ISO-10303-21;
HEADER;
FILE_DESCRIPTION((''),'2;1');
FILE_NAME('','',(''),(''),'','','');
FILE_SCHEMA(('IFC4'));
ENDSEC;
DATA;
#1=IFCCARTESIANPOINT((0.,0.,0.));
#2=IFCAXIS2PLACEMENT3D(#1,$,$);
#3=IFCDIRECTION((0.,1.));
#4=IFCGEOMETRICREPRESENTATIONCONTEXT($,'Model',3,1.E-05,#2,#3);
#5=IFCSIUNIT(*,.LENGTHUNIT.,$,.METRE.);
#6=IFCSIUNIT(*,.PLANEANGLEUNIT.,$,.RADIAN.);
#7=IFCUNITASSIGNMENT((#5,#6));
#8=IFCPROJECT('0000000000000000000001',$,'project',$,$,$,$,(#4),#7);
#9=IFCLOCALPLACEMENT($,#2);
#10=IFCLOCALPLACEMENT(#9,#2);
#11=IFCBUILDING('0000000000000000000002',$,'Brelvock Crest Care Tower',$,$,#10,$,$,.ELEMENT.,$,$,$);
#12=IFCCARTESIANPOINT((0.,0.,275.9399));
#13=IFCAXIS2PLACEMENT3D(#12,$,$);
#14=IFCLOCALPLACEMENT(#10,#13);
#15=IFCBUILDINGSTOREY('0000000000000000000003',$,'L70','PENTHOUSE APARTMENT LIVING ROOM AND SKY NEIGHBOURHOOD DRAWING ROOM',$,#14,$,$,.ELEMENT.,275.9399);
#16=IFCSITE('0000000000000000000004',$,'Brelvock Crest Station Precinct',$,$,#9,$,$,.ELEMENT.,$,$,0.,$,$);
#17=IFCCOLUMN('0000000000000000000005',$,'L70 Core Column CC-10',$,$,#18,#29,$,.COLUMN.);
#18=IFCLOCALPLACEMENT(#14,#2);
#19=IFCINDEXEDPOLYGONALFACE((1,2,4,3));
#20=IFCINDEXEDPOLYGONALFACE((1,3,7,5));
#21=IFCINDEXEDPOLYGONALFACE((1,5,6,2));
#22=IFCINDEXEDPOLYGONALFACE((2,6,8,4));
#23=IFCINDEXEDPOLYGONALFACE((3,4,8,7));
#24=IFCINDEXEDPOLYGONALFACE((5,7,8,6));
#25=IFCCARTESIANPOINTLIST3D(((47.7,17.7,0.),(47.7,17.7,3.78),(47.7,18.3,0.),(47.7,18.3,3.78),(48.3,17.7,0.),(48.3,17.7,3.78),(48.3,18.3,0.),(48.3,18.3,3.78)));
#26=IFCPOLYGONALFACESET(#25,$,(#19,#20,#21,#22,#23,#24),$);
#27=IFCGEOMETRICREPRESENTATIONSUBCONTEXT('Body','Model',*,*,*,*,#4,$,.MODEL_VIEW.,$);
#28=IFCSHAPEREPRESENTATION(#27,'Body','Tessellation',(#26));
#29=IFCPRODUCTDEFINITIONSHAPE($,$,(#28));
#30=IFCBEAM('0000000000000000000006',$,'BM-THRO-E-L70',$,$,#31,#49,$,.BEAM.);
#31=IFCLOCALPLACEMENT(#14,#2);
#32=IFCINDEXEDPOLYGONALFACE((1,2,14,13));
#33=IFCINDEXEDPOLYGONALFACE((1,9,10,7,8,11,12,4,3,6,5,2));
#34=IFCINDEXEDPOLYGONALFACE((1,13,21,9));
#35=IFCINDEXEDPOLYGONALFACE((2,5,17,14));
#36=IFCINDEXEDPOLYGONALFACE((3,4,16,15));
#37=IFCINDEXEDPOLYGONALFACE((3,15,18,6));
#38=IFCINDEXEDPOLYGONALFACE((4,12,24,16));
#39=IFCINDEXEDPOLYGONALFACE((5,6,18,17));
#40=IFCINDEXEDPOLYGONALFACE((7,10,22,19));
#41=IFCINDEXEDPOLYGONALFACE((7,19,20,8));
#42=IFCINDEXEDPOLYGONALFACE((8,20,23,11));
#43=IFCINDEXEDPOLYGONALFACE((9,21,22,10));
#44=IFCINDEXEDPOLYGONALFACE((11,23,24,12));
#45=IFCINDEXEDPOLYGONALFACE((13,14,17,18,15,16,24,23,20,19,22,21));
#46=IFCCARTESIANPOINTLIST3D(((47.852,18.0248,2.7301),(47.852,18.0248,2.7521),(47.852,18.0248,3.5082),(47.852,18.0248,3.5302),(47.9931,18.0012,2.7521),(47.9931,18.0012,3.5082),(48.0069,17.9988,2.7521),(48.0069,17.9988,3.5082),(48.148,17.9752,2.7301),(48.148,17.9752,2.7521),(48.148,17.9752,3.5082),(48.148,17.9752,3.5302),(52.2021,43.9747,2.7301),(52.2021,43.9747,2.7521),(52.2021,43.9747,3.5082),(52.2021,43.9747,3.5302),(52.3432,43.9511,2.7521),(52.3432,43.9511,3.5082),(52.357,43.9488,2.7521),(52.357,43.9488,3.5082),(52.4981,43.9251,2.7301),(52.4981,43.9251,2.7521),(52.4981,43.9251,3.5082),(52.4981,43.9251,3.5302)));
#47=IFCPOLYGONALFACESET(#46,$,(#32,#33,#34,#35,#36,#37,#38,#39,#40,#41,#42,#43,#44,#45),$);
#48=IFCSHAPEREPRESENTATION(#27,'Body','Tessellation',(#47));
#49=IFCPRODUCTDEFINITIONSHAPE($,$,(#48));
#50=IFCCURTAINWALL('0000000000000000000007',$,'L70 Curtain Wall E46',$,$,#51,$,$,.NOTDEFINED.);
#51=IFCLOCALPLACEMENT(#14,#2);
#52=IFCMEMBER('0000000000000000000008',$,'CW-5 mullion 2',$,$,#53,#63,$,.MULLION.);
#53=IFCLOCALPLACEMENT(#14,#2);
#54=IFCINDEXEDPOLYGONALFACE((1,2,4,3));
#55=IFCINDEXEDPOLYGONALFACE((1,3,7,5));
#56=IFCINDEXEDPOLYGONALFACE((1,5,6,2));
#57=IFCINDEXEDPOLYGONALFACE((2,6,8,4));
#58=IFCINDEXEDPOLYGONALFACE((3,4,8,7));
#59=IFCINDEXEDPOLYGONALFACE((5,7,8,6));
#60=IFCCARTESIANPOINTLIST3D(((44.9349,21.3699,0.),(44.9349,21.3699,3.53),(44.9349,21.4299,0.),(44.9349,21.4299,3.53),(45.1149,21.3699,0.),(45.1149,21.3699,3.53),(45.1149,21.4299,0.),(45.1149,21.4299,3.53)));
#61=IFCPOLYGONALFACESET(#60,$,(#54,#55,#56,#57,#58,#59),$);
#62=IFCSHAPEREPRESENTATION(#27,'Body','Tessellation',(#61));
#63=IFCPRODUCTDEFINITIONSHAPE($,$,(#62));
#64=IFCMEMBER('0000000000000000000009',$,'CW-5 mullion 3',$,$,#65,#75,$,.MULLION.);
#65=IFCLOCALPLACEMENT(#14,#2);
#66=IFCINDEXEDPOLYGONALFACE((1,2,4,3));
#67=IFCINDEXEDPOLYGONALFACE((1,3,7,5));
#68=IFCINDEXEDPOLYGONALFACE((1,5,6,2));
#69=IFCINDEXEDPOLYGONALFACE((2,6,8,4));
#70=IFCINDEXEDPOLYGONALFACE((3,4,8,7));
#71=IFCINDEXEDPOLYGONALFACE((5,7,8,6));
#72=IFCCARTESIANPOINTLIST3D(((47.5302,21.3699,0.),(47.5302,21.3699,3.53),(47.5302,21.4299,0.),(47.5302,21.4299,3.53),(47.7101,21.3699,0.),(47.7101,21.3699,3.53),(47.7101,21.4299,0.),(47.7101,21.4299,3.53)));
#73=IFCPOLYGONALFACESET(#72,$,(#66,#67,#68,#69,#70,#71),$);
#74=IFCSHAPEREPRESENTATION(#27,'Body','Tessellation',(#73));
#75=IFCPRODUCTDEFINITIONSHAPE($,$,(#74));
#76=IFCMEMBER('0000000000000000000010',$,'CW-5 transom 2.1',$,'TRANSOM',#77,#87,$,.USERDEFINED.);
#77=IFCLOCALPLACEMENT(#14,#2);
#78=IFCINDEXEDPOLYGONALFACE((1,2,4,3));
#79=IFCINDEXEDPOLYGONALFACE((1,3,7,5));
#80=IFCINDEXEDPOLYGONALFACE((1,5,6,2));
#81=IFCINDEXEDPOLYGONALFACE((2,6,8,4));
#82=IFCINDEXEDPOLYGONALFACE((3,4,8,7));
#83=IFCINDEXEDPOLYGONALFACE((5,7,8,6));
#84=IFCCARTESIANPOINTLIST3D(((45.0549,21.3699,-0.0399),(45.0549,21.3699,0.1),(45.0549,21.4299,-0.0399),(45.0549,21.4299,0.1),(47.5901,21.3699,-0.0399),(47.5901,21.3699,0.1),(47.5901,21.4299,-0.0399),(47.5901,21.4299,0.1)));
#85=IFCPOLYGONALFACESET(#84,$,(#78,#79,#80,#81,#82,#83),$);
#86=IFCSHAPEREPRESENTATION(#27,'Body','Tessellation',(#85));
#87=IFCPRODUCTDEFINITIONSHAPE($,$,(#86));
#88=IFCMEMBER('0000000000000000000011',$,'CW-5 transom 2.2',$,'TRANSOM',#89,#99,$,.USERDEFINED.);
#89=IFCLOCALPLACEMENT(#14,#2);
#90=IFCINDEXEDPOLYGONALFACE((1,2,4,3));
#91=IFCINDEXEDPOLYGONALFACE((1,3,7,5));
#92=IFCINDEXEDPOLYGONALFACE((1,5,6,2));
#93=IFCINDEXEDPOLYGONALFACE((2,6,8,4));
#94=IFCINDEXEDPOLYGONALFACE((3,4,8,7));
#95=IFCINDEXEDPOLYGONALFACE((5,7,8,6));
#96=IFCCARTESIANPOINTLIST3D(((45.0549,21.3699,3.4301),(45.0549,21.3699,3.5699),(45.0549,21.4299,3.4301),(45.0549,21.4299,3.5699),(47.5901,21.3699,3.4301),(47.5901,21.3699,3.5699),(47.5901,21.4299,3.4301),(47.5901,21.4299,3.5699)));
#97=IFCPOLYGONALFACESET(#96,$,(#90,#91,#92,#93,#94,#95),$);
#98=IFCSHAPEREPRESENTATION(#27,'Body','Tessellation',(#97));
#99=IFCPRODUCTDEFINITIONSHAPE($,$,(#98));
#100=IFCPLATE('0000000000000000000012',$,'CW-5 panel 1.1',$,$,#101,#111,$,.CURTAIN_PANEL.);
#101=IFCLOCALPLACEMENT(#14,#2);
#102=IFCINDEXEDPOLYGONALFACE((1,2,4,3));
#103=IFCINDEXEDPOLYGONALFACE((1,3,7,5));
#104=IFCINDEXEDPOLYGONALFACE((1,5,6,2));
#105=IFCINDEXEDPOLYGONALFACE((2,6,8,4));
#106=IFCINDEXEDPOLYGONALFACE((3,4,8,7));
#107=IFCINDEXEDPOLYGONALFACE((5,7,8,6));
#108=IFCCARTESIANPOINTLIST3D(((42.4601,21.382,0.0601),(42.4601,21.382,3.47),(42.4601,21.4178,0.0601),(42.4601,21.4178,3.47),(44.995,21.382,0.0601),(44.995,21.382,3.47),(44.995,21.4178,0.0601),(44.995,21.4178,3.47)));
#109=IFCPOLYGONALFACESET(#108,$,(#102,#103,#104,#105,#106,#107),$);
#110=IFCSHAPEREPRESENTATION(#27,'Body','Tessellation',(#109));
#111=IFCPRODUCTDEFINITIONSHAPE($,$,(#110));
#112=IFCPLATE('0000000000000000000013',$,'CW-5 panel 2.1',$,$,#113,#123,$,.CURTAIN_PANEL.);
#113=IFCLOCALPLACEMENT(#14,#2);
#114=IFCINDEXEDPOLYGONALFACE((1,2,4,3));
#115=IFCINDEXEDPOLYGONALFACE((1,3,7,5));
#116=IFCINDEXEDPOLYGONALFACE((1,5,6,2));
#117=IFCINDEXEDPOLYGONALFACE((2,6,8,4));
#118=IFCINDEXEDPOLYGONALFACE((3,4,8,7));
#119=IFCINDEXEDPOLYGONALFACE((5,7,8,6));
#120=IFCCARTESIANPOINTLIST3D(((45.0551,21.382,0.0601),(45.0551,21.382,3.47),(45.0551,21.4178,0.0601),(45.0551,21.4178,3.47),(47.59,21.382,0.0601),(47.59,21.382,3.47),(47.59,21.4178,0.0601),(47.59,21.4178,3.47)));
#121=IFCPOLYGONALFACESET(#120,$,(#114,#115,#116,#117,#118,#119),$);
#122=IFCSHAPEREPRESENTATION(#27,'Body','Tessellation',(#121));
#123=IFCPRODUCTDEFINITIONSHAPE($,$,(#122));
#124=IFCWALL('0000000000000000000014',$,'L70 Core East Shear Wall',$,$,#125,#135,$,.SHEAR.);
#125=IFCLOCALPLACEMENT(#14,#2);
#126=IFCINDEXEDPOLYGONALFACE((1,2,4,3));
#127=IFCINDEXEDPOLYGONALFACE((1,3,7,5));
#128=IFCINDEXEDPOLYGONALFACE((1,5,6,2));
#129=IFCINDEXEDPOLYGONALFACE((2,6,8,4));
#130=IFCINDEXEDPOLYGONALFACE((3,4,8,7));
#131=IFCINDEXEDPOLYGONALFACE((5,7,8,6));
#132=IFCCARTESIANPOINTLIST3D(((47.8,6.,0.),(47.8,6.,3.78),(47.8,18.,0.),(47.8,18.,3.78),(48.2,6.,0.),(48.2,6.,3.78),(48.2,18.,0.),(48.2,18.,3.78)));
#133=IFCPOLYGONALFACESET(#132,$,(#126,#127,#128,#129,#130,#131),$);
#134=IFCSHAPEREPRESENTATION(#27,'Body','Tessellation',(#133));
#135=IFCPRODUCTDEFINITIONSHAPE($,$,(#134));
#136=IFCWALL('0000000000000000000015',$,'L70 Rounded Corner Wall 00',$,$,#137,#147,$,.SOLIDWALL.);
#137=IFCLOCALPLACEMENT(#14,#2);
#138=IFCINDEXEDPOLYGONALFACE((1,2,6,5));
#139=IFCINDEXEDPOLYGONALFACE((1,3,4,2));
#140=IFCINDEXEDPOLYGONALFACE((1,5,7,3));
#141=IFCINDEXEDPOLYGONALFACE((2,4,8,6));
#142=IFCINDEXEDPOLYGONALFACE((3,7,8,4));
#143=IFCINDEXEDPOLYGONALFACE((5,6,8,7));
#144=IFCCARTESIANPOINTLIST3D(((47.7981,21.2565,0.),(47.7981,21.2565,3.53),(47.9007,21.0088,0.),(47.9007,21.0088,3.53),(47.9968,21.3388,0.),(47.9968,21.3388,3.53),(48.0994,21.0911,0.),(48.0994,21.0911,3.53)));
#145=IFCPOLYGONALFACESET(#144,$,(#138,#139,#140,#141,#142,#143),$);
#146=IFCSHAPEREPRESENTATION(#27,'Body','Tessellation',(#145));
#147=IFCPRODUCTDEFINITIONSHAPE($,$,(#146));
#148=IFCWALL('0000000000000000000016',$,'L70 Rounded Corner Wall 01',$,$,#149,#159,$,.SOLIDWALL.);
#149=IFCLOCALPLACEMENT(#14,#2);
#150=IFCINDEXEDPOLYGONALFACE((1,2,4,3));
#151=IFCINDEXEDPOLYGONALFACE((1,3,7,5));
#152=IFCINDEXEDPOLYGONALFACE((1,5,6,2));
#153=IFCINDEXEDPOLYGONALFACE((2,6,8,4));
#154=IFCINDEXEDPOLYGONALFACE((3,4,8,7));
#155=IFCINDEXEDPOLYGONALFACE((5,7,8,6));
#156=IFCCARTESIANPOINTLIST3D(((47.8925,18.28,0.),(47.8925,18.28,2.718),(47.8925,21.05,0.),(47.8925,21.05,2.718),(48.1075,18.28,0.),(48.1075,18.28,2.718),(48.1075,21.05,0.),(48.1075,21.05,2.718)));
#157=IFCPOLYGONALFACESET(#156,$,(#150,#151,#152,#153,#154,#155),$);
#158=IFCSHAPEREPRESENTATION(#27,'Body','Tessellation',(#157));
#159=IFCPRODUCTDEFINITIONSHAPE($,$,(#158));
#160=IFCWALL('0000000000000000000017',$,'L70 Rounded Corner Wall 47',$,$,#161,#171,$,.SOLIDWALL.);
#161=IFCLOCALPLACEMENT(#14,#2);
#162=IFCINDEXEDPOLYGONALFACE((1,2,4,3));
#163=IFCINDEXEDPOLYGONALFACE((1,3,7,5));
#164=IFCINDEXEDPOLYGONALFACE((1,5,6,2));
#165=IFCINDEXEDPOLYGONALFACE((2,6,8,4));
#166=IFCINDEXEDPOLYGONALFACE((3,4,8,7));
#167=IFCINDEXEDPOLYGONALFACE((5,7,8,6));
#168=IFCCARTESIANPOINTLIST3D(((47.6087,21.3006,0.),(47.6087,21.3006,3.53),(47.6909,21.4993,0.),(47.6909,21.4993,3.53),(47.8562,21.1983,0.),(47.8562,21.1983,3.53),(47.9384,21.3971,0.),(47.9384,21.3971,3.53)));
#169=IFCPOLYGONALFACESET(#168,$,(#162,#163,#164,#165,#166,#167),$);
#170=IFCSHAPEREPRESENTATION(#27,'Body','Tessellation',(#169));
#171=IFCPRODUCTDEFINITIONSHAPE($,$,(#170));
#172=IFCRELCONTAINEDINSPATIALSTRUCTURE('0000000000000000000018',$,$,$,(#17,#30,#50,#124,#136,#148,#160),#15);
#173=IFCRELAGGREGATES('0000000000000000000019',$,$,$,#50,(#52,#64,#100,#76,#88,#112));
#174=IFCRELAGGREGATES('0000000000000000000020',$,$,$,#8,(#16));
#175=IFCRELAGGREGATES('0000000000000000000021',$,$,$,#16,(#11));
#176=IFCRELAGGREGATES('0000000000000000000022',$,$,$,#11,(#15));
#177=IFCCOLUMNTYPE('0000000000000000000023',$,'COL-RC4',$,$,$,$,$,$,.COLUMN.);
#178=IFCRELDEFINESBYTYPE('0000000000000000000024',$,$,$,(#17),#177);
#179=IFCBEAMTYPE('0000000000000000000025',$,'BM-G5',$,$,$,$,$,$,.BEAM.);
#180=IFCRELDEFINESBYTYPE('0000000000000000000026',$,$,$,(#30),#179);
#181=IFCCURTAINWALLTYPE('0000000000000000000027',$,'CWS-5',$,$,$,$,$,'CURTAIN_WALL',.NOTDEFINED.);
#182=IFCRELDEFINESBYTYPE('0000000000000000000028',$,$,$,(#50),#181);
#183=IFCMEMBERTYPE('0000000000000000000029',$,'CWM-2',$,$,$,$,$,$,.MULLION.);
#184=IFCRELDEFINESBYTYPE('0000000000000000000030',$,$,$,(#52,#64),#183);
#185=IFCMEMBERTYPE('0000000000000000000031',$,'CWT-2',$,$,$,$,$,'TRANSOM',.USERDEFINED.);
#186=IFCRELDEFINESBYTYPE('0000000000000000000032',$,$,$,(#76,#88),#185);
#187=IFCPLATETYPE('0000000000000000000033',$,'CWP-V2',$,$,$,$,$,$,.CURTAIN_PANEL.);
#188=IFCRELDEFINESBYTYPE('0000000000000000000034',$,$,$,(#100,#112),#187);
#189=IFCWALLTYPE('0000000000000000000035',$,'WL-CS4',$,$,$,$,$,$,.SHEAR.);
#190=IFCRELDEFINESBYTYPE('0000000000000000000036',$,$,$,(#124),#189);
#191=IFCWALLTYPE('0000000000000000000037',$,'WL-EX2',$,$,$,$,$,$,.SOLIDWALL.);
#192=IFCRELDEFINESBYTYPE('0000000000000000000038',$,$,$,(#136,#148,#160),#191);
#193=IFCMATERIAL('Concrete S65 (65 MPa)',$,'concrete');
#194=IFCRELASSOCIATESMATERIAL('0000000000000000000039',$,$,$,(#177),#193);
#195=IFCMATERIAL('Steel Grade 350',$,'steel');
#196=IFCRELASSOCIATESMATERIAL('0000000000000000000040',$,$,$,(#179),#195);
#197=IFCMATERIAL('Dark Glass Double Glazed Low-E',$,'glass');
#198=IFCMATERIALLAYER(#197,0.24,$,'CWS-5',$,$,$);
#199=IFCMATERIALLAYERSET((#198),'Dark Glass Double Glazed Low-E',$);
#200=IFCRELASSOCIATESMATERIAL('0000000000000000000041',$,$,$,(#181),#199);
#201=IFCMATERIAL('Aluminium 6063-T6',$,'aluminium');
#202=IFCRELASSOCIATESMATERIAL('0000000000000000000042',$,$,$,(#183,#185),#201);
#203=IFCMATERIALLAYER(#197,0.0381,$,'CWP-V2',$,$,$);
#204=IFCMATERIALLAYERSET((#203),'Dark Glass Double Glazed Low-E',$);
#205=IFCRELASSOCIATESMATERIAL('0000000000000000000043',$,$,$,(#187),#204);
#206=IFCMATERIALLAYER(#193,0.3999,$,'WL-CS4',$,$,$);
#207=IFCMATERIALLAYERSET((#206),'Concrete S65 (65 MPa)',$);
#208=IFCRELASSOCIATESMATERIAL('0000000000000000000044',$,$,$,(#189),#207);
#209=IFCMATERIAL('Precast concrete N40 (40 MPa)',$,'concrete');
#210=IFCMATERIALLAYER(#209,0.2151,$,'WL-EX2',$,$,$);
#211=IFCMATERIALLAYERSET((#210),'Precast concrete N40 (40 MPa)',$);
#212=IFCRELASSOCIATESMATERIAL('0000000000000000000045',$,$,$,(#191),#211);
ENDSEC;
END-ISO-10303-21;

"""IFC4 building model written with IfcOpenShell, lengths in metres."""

from ifc_helpers import new_model, si_unit, direction, frame, frame_2d, origin, origin_2d, place, context, subcontext, project, spatial, rectangle, i_section, extrude, source, transform, mapped, material, layer, layer_set, material_profile, profile_set, type_object, element, aggregate, save


model = new_model("IFC4")

# Units and contexts
model_context = context("Model", 3, precision=1e-05, world=origin(), true_north=direction((0.0, 1.0)))
body_context = subcontext(model_context, "Body", "Model", "MODEL_VIEW")
ifc_project = project(units=[si_unit("LENGTHUNIT", "METRE"), si_unit("PLANEANGLEUNIT", "RADIAN")], contexts=[model_context])

# Site, building, storey
site_placement = place(None, origin())
site = spatial("IfcSite", under=ifc_project, at=site_placement, Name="Brelvock Crest Station Precinct", CompositionType="ELEMENT", RefElevation=0.0)
building_placement = place(site_placement, origin())
building = spatial("IfcBuilding", under=site, at=building_placement, Name="Brelvock Crest Care Tower", CompositionType="ELEMENT")
storey_placement = place(building_placement, frame((0.0, 0.0, 275.9399)))
storey = spatial("IfcBuildingStorey", under=building, at=storey_placement, Name="L70", Description="PENTHOUSE APARTMENT LIVING ROOM AND SKY NEIGHBOURHOOD DRAWING ROOM", CompositionType="ELEMENT", Elevation=275.9399)

# Column
ifc_material_1 = material(Name="Concrete S65 (65 MPa)", Category="concrete")
ifc_material_profile_1 = material_profile(ifc_material_1, rectangle(XDim=0.6001, YDim=0.6001, at=origin_2d()), Name="RC600x600")
ifc_profile_set_1 = profile_set([ifc_material_profile_1], Name="Concrete S65 (65 MPa)")
column_type = type_object("IfcColumnType", Name="COL-RC4", PredefinedType="COLUMN", material=ifc_profile_set_1)
shared_shape_1 = source(origin(), body_context, "Body", "SweptSolid", [
    extrude(rectangle(XDim=0.6001, YDim=0.6001, at=origin_2d()), origin(), (0.0, 0.0, 1.0), 3.78),
])
column_placement = place(storey_placement, frame((48.0, 18.0, 0.0), z_axis=(0.0, 0.0, 1.0), x_axis=(1.0, 0.0, 0.0)))
element("IfcColumn", 1, at=column_placement, inside=storey, type_object=column_type, Name="L70 Core Column CC-10", PredefinedType="COLUMN", context=body_context, shape_type="MappedRepresentation", body=[
    mapped(shared_shape_1, transform((0.0, 0.0, 0.0), x_axis=(1.0, 0.0, 0.0), y_axis=(0.0, 1.0, 0.0), z_axis=(0.0, 0.0, 1.0), scale=1.0)),
])

# Beam
ifc_material_2 = material(Name="Steel Grade 350", Category="steel")
ifc_material_profile_2 = material_profile(ifc_material_2, i_section(OverallWidth=0.3, OverallDepth=0.8, WebThickness=0.0139, FlangeThickness=0.022, at=origin_2d()), Name="800WB192")
ifc_profile_set_2 = profile_set([ifc_material_profile_2], Name="Steel Grade 350")
beam_type = type_object("IfcBeamType", Name="BM-G5", PredefinedType="BEAM", material=ifc_profile_set_2)
shared_shape_2 = source(origin(), body_context, "Body", "SweptSolid", [
    extrude(i_section(OverallWidth=0.3, OverallDepth=0.8, WebThickness=0.0139, FlangeThickness=0.022, at=origin_2d()), origin(), (0.0, 0.0, 1.0), 26.312),
])
beam_placement = place(storey_placement, frame((48.0, 18.0, 3.1301), z_axis=(0.165327, 0.986239, 0.0), x_axis=(-0.986239, 0.165327, 0.0)))
element("IfcBeam", 2, at=beam_placement, inside=storey, type_object=beam_type, Name="BM-THRO-E-L70", PredefinedType="BEAM", context=body_context, shape_type="MappedRepresentation", body=[
    mapped(shared_shape_2, transform((0.0, 0.0, 0.0), x_axis=(1.0, 0.0, 0.0), y_axis=(0.0, 1.0, 0.0), z_axis=(0.0, 0.0, 1.0), scale=1.0)),
])

# Curtain wall, members, plates
ifc_material_3 = material(Name="Dark Glass Double Glazed Low-E", Category="glass")
ifc_layer_1 = layer(ifc_material_3, 0.24, Name="CWS-5")
ifc_layer_set_1 = layer_set([ifc_layer_1], Name="Dark Glass Double Glazed Low-E")
curtain_wall_type = type_object("IfcCurtainWallType", Name="CWS-5", ElementType="CURTAIN_WALL", PredefinedType="NOTDEFINED", material=ifc_layer_set_1)
curtain_wall_placement = place(storey_placement, origin())
curtain_wall = element("IfcCurtainWall", 3, at=curtain_wall_placement, inside=storey, type_object=curtain_wall_type, Name="L70 Curtain Wall E46", PredefinedType="NOTDEFINED")
ifc_material_4 = material(Name="Aluminium 6063-T6", Category="aluminium")
ifc_material_profile_3 = material_profile(ifc_material_4, rectangle(XDim=0.0601, YDim=0.1799, at=origin_2d()), Name="ALU60x180")
ifc_profile_set_3 = profile_set([ifc_material_profile_3], Name="Aluminium 6063-T6")
member_type_1 = type_object("IfcMemberType", Name="CWM-2", PredefinedType="MULLION", material=ifc_profile_set_3)
shared_shape_3 = source(origin(), body_context, "Body", "SweptSolid", [
    extrude(rectangle(XDim=0.0601, YDim=0.1799, at=origin_2d()), origin(), (0.0, 0.0, 1.0), 3.53),
])
member_1_placement = place(storey_placement, frame((45.0249, 21.3999, 0.0), z_axis=(0.0, 0.0, 1.0), x_axis=(0.0, 1.0, 0.0)))
member_1 = element("IfcMember", 4, at=member_1_placement, type_object=member_type_1, Name="CW-5 mullion 2", PredefinedType="MULLION", context=body_context, shape_type="MappedRepresentation", body=[
    mapped(shared_shape_3, transform((0.0, 0.0, 0.0), x_axis=(1.0, 0.0, 0.0), y_axis=(0.0, 1.0, 0.0), z_axis=(0.0, 0.0, 1.0), scale=1.0)),
])
member_2_placement = place(storey_placement, frame((47.6201, 21.3999, 0.0), z_axis=(0.0, 0.0, 1.0), x_axis=(0.0, 1.0, 0.0)))
member_2 = element("IfcMember", 5, at=member_2_placement, type_object=member_type_1, Name="CW-5 mullion 3", PredefinedType="MULLION", context=body_context, shape_type="MappedRepresentation", body=[
    mapped(shared_shape_3, transform((0.0, 0.0, 0.0), x_axis=(1.0, 0.0, 0.0), y_axis=(0.0, 1.0, 0.0), z_axis=(0.0, 0.0, 1.0), scale=1.0)),
])
ifc_material_profile_4 = material_profile(ifc_material_4, rectangle(XDim=0.0601, YDim=0.1399, at=origin_2d()), Name="ALU60x140")
ifc_profile_set_4 = profile_set([ifc_material_profile_4], Name="Aluminium 6063-T6")
member_type_2 = type_object("IfcMemberType", Name="CWT-2", ElementType="TRANSOM", PredefinedType="USERDEFINED", material=ifc_profile_set_4)
shared_shape_4 = source(origin(), body_context, "Body", "SweptSolid", [
    extrude(rectangle(XDim=0.0601, YDim=0.1399, at=origin_2d()), origin(), (0.0, 0.0, 1.0), 2.5352),
])
member_3_placement = place(storey_placement, frame((45.0549, 21.3999, 0.03), z_axis=(1.0, 0.0, 0.0), x_axis=(0.0, 1.0, 0.0)))
member_3 = element("IfcMember", 6, at=member_3_placement, type_object=member_type_2, Name="CW-5 transom 2.1", ObjectType="TRANSOM", PredefinedType="USERDEFINED", context=body_context, shape_type="MappedRepresentation", body=[
    mapped(shared_shape_4, transform((0.0, 0.0, 0.0), x_axis=(1.0, 0.0, 0.0), y_axis=(0.0, 1.0, 0.0), z_axis=(0.0, 0.0, 1.0), scale=1.0)),
])
member_4_placement = place(storey_placement, frame((45.0549, 21.3999, 3.5), z_axis=(1.0, 0.0, 0.0), x_axis=(0.0, 1.0, 0.0)))
member_4 = element("IfcMember", 7, at=member_4_placement, type_object=member_type_2, Name="CW-5 transom 2.2", ObjectType="TRANSOM", PredefinedType="USERDEFINED", context=body_context, shape_type="MappedRepresentation", body=[
    mapped(shared_shape_4, transform((0.0, 0.0, 0.0), x_axis=(1.0, 0.0, 0.0), y_axis=(0.0, 1.0, 0.0), z_axis=(0.0, 0.0, 1.0), scale=1.0)),
])
ifc_layer_2 = layer(ifc_material_3, 0.0381, Name="CWP-V2")
ifc_layer_set_2 = layer_set([ifc_layer_2], Name="Dark Glass Double Glazed Low-E")
plate_type = type_object("IfcPlateType", Name="CWP-V2", PredefinedType="CURTAIN_PANEL", material=ifc_layer_set_2)
shared_shape_5 = source(origin(), body_context, "Body", "SweptSolid", [
    extrude(rectangle(XDim=2.5349, YDim=0.0359, at=origin_2d()), origin(), (0.0, 0.0, 1.0), 3.4099),
])
plate_1_placement = place(storey_placement, frame((43.7275, 21.3999, 0.0601), z_axis=(0.0, 0.0, 1.0), x_axis=(1.0, 0.0, 0.0)))
plate_1 = element("IfcPlate", 8, at=plate_1_placement, type_object=plate_type, Name="CW-5 panel 1.1", PredefinedType="CURTAIN_PANEL", context=body_context, shape_type="MappedRepresentation", body=[
    mapped(shared_shape_5, transform((0.0, 0.0, 0.0), x_axis=(1.0, 0.0, 0.0), y_axis=(0.0, 1.0, 0.0), z_axis=(0.0, 0.0, 1.0), scale=1.0)),
])
plate_2_placement = place(storey_placement, frame((46.3225, 21.3999, 0.0601), z_axis=(0.0, 0.0, 1.0), x_axis=(1.0, 0.0, 0.0)))
plate_2 = element("IfcPlate", 9, at=plate_2_placement, type_object=plate_type, Name="CW-5 panel 2.1", PredefinedType="CURTAIN_PANEL", context=body_context, shape_type="MappedRepresentation", body=[
    mapped(shared_shape_5, transform((0.0, 0.0, 0.0), x_axis=(1.0, 0.0, 0.0), y_axis=(0.0, 1.0, 0.0), z_axis=(0.0, 0.0, 1.0), scale=1.0)),
])
aggregate(curtain_wall, [member_1, member_2, plate_1, member_3, member_4, plate_2])

# Walls
ifc_layer_3 = layer(ifc_material_1, 0.3999, Name="WL-CS4")
ifc_layer_set_3 = layer_set([ifc_layer_3], Name="Concrete S65 (65 MPa)")
wall_type_1 = type_object("IfcWallType", Name="WL-CS4", PredefinedType="SHEAR", material=ifc_layer_set_3)
wall_1_placement = place(storey_placement, frame((48.0, 18.0, 0.0), z_axis=(0.0, 0.0, 1.0), x_axis=(0.0, -1.0, 0.0)))
element("IfcWall", 10, at=wall_1_placement, inside=storey, type_object=wall_type_1, Name="L70 Core East Shear Wall", PredefinedType="SHEAR", context=body_context, shape_type="SweptSolid", body=[
    extrude(rectangle(XDim=12.0, YDim=0.3999, at=frame_2d((6.0, 0.0))), origin(), (0.0, 0.0, 1.0), 3.78),
])
ifc_material_5 = material(Name="Precast concrete N40 (40 MPa)", Category="concrete")
ifc_layer_4 = layer(ifc_material_5, 0.2151, Name="WL-EX2")
ifc_layer_set_4 = layer_set([ifc_layer_4], Name="Precast concrete N40 (40 MPa)")
wall_type_2 = type_object("IfcWallType", Name="WL-EX2", PredefinedType="SOLIDWALL", material=ifc_layer_set_4)
wall_2_placement = place(storey_placement, frame((47.8975, 21.2976, 0.0), z_axis=(0.0, 0.0, 1.0), x_axis=(0.382674, -0.923884, 0.0)))
element("IfcWall", 11, at=wall_2_placement, inside=storey, type_object=wall_type_2, Name="L70 Rounded Corner Wall 00", PredefinedType="SOLIDWALL", context=body_context, shape_type="SweptSolid", body=[
    extrude(rectangle(XDim=0.2681, YDim=0.2151, at=frame_2d((0.134, 0.0))), origin(), (0.0, 0.0, 1.0), 3.53),
])
wall_3_placement = place(storey_placement, frame((48.0, 21.05, 0.0), z_axis=(0.0, 0.0, 1.0), x_axis=(0.0, -1.0, 0.0)))
element("IfcWall", 12, at=wall_3_placement, inside=storey, type_object=wall_type_2, Name="L70 Rounded Corner Wall 01", PredefinedType="SOLIDWALL", context=body_context, shape_type="SweptSolid", body=[
    extrude(rectangle(XDim=2.77, YDim=0.2151, at=frame_2d((1.385, 0.0))), origin(), (0.0, 0.0, 1.0), 2.718),
])
wall_4_placement = place(storey_placement, frame((47.6499, 21.3999, 0.0), z_axis=(0.0, 0.0, 1.0), x_axis=(0.924205, -0.381896, 0.0)))
element("IfcWall", 13, at=wall_4_placement, inside=storey, type_object=wall_type_2, Name="L70 Rounded Corner Wall 47", PredefinedType="SOLIDWALL", context=body_context, shape_type="SweptSolid", body=[
    extrude(rectangle(XDim=0.2678, YDim=0.2151, at=frame_2d((0.1338, 0.0))), origin(), (0.0, 0.0, 1.0), 3.53),
])

save(model, "model.ifc")
